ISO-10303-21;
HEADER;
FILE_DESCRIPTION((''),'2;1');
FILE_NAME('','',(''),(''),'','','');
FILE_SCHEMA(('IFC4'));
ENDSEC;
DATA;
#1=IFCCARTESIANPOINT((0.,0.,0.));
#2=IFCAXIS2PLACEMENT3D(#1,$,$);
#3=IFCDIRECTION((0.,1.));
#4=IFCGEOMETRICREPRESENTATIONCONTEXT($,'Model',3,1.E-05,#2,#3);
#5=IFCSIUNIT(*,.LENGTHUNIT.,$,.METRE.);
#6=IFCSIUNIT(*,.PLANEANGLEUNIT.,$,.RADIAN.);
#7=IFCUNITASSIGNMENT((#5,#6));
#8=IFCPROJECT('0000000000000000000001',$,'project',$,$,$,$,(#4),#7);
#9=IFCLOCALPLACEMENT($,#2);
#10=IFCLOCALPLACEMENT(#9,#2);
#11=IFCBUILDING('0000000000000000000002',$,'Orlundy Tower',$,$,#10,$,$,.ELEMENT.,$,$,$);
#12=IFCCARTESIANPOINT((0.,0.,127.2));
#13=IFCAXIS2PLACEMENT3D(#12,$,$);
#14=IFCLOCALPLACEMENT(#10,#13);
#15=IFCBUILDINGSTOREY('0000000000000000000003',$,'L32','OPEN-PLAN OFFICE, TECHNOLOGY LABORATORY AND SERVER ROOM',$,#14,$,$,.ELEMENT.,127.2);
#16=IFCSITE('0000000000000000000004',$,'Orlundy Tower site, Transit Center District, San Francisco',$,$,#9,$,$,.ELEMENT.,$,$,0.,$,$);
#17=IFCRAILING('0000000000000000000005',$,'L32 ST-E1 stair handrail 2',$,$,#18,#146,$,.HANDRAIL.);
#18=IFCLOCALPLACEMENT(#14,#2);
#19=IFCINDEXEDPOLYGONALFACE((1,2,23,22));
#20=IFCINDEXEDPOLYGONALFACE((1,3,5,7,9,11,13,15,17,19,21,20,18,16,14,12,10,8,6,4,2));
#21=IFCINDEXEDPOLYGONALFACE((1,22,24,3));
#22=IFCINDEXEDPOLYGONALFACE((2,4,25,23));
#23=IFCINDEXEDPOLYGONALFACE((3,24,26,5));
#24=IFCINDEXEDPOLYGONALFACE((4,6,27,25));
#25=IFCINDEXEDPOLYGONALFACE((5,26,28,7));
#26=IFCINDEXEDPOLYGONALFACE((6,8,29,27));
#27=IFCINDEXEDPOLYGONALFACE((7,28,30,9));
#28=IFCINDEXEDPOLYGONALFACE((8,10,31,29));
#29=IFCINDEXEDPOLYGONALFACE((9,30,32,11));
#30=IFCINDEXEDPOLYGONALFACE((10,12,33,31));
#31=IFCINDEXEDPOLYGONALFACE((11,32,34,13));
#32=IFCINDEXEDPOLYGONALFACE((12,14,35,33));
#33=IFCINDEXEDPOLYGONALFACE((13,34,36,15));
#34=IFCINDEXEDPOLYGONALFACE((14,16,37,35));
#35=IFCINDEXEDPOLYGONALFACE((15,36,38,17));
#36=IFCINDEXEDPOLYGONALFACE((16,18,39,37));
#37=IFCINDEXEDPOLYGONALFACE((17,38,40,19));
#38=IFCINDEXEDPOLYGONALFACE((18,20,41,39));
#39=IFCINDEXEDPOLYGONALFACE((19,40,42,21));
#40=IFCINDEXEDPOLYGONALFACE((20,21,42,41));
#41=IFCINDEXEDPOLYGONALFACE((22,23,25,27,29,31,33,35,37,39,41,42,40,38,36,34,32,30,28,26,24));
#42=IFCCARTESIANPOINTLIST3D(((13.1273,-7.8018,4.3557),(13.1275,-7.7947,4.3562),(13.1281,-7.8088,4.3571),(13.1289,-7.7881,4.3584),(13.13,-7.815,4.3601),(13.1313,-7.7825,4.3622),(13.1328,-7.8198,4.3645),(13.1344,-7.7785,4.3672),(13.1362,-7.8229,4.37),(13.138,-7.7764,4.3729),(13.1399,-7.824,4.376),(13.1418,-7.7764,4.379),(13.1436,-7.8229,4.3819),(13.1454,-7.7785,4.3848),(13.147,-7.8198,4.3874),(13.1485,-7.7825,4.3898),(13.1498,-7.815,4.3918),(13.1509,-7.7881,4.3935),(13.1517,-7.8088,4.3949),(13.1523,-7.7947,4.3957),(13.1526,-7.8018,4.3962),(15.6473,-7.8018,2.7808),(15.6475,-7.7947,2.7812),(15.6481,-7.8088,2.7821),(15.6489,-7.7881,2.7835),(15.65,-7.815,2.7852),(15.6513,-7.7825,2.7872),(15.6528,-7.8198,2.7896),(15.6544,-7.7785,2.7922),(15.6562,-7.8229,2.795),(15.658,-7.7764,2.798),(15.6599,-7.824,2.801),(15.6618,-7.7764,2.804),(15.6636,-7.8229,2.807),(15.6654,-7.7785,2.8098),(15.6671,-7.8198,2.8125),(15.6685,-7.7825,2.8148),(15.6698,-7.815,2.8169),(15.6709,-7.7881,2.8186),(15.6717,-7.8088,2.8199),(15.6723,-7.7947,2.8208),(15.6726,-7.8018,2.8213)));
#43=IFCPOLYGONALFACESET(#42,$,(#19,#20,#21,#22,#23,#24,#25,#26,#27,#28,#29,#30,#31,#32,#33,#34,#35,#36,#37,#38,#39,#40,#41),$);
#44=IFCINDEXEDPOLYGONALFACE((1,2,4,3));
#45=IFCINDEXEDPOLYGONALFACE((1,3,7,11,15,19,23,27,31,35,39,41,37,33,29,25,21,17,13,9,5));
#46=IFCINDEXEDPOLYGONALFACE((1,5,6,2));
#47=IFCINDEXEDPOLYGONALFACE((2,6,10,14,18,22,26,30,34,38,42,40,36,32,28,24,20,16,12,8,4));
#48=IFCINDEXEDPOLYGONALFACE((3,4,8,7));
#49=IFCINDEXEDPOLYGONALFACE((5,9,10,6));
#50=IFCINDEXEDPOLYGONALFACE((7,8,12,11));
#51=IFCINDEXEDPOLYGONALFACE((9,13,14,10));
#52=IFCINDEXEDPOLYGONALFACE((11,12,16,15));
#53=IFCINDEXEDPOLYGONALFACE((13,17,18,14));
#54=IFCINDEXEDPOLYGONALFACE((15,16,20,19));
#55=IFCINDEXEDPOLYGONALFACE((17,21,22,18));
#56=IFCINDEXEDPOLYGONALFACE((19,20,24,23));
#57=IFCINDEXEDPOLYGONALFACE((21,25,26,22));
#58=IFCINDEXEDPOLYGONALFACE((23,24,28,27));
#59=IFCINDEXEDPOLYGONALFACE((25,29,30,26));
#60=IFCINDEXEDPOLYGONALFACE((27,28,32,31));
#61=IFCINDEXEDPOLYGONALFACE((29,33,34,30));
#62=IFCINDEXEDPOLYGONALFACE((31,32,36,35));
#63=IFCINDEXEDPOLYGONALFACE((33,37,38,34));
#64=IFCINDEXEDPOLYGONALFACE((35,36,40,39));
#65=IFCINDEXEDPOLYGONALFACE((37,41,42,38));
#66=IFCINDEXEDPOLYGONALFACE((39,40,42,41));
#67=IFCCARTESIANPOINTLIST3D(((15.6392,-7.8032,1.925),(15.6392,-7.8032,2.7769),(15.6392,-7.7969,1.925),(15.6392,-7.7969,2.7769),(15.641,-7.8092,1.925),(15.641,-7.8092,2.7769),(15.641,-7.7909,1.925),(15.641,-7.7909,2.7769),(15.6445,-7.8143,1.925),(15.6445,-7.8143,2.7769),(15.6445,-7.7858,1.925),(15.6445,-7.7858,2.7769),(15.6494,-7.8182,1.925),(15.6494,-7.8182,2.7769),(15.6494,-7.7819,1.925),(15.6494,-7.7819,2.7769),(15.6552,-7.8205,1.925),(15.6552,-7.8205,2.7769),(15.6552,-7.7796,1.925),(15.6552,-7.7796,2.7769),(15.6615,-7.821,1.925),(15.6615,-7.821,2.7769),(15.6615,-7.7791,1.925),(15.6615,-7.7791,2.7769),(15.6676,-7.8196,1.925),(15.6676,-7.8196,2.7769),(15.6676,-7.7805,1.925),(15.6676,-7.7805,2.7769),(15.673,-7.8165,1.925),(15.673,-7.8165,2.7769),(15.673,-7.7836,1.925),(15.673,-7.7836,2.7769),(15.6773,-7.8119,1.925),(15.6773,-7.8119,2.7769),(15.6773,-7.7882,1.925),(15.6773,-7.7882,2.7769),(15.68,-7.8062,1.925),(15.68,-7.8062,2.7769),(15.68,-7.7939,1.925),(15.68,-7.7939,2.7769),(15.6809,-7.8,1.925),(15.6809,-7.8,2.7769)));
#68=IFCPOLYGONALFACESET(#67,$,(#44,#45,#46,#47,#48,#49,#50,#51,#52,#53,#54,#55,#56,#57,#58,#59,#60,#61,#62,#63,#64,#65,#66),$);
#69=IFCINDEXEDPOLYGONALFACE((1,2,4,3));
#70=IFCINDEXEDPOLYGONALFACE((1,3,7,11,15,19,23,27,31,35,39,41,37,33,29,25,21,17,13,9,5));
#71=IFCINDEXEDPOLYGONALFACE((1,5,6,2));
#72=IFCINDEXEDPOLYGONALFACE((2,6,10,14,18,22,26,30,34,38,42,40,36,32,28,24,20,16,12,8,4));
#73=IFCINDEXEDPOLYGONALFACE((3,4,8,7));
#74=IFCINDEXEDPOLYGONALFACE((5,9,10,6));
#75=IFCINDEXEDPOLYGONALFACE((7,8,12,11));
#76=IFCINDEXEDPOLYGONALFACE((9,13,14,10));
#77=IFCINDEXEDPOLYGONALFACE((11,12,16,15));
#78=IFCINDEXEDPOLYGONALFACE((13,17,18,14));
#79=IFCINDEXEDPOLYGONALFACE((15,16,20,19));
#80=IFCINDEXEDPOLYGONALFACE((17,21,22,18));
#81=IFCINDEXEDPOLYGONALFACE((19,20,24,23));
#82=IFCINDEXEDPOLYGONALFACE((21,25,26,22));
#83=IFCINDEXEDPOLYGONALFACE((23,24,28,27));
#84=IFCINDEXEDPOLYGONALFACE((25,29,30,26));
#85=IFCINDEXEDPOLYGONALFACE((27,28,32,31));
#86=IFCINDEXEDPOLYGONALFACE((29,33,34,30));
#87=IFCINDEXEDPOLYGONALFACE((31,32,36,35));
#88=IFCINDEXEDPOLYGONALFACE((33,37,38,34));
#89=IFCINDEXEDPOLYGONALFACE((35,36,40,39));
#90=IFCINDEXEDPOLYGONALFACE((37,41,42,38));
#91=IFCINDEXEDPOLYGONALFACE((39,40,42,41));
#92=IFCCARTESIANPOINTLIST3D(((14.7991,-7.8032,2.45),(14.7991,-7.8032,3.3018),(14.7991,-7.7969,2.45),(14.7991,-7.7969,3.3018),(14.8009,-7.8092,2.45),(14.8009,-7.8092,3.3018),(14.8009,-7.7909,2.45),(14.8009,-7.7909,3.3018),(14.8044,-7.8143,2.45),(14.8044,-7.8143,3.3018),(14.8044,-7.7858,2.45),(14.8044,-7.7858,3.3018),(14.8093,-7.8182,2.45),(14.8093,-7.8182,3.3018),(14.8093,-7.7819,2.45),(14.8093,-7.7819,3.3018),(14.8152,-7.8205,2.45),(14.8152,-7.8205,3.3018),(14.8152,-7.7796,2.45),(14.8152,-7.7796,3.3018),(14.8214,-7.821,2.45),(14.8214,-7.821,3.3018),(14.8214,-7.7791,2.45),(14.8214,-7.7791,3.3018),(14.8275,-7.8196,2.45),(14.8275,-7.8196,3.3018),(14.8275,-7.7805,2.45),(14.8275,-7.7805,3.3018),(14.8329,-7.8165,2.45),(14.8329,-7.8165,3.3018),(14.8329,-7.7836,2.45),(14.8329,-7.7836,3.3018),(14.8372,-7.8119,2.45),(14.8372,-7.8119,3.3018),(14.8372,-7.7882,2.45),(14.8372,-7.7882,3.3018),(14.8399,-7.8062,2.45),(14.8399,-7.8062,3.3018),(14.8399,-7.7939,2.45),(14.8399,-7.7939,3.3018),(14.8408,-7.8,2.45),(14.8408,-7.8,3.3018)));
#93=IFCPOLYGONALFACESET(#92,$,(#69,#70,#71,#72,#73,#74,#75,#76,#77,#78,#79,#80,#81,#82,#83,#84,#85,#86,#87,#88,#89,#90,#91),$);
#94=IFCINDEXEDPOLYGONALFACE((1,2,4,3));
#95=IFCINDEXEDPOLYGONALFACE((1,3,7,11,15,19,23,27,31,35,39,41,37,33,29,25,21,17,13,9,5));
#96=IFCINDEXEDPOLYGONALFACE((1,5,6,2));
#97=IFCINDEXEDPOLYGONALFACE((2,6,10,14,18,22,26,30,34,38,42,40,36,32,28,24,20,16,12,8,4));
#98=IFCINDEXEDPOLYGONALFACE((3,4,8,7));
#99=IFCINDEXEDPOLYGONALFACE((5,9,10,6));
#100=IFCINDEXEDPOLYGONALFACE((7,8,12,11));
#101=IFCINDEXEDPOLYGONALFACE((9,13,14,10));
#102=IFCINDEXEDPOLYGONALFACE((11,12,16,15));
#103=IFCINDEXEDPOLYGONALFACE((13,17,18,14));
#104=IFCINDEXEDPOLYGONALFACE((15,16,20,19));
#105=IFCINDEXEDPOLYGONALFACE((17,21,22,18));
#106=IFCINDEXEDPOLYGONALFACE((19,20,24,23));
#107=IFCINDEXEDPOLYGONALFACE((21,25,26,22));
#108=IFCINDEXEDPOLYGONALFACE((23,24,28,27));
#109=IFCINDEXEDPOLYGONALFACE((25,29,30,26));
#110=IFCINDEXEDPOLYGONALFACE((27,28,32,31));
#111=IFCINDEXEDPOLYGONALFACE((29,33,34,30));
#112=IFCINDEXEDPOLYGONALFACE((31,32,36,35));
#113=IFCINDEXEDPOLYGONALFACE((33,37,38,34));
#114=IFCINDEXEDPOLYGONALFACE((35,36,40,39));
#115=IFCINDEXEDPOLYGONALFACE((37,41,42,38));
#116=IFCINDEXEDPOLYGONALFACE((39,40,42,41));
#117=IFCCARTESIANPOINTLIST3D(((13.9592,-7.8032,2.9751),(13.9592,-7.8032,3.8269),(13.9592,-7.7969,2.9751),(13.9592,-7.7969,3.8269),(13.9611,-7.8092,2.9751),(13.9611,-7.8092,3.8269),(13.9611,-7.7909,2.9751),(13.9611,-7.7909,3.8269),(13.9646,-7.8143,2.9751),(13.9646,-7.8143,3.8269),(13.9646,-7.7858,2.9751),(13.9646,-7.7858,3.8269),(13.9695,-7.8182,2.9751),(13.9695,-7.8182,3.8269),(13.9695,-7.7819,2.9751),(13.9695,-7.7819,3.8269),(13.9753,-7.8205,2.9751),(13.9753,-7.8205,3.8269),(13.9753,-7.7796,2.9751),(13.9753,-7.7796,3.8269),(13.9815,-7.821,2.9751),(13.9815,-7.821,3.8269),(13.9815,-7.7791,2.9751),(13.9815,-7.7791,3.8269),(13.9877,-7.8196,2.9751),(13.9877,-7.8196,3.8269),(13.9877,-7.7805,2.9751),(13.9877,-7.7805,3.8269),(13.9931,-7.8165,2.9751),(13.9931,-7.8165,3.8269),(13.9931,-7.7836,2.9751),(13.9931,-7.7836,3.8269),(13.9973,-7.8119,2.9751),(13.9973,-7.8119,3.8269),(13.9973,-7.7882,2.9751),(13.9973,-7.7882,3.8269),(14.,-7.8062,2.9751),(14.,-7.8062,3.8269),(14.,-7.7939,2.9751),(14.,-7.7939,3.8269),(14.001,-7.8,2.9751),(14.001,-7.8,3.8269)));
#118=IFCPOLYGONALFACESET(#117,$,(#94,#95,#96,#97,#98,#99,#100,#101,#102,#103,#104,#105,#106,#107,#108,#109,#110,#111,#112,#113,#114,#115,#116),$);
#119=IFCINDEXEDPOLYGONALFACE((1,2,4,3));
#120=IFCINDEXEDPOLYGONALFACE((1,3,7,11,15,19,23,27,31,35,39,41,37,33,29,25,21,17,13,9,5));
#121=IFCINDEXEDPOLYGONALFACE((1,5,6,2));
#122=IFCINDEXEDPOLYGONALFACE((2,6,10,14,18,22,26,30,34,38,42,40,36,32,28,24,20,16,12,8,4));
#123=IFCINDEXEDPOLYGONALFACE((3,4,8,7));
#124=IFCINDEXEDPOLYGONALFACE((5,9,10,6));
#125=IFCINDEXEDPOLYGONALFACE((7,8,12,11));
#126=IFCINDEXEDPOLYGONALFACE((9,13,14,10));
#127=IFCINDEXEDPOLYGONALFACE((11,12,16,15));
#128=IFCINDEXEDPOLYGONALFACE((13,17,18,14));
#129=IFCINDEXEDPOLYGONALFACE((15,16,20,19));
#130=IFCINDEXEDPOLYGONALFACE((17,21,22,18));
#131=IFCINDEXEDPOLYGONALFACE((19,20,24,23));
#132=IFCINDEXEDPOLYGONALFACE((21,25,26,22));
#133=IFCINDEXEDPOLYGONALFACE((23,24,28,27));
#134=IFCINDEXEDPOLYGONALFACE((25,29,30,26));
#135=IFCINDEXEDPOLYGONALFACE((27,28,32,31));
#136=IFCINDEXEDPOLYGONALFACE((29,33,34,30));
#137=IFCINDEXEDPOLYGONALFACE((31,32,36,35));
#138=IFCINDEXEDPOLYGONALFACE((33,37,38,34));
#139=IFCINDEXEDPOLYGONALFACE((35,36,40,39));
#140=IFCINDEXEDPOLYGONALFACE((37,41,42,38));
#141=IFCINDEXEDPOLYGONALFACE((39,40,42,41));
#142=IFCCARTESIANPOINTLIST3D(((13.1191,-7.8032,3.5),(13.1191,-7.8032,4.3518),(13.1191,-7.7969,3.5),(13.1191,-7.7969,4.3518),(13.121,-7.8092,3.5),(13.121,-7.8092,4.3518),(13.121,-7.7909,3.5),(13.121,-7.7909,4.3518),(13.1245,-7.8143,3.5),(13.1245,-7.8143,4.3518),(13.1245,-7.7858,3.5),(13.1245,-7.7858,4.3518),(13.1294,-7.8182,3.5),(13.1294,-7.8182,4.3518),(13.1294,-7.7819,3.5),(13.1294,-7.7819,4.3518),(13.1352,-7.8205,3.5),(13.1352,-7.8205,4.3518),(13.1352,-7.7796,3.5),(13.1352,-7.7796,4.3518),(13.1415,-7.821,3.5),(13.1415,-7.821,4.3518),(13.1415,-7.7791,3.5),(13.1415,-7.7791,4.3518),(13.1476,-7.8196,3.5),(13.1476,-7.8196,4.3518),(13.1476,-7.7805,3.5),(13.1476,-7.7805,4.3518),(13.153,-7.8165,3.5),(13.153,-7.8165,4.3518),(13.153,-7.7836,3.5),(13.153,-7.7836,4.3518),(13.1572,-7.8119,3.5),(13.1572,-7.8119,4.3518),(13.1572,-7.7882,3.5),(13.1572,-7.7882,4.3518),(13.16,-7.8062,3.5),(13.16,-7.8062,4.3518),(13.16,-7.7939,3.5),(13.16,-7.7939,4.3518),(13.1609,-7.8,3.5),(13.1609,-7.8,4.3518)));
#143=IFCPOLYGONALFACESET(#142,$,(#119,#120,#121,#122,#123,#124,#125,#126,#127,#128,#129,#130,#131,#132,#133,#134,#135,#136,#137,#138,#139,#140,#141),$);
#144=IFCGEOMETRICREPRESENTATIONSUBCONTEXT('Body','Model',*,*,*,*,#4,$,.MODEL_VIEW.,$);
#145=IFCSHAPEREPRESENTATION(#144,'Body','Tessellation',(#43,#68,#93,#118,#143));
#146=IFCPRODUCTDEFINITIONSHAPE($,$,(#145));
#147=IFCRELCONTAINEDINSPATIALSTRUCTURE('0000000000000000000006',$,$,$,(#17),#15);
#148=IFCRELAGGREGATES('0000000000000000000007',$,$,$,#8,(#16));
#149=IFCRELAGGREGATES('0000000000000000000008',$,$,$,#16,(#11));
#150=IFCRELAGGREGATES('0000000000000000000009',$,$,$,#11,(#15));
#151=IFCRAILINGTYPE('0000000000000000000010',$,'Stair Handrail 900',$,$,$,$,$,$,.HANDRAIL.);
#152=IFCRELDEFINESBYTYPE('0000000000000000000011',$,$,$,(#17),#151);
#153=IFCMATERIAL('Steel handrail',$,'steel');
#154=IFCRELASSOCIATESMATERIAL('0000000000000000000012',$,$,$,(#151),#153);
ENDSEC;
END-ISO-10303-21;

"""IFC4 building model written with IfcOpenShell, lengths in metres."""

from ifc_helpers import new_model, si_unit, direction, frame, origin, origin_2d, place, context, subcontext, project, spatial, circle, extrude, material, type_object, element, save


model = new_model("IFC4")

# Units and contexts
model_context = context("Model", 3, precision=1e-05, world=origin(), true_north=direction((0.0, 1.0)))
body_context = subcontext(model_context, "Body", "Model", "MODEL_VIEW")
ifc_project = project(units=[si_unit("LENGTHUNIT", "METRE"), si_unit("PLANEANGLEUNIT", "RADIAN")], contexts=[model_context])

# Site, building, storey
site_placement = place(None, origin())
site = spatial("IfcSite", under=ifc_project, at=site_placement, Name="Orlundy Tower site, Transit Center District, San Francisco", CompositionType="ELEMENT", RefElevation=0.0)
building_placement = place(site_placement, origin())
building = spatial("IfcBuilding", under=site, at=building_placement, Name="Orlundy Tower", CompositionType="ELEMENT")
storey_placement = place(building_placement, frame((0.0, 0.0, 127.2)))
storey = spatial("IfcBuildingStorey", under=building, at=storey_placement, Name="L32", Description="OPEN-PLAN OFFICE, TECHNOLOGY LABORATORY AND SERVER ROOM", CompositionType="ELEMENT", Elevation=127.2)

# Railing
ifc_material_1 = material(Name="Steel handrail", Category="steel")
railing_type_1 = type_object("IfcRailingType", Name="Stair Handrail 900", PredefinedType="HANDRAIL", material=ifc_material_1)
railing_1_placement = place(storey_placement, frame((15.6599, -7.8, 1.925)))
element("IfcRailing", 1, at=railing_1_placement, inside=storey, type_object=railing_type_1, Name="L32 ST-E1 stair handrail 2", PredefinedType="HANDRAIL", context=body_context, shape_type="SweptSolid", body=[
    extrude(circle(Radius=0.0239, at=origin_2d()), frame((0.0, 0.0, 0.876), z_axis=(-0.848008, 0.0, 0.529984), x_axis=(0.0, -1.0, 0.0)), (0.0, 0.0, 1.0), 2.9717),
    extrude(circle(Radius=0.021, at=origin_2d()), origin(), (0.0, 0.0, 1.0), 0.8518),
    extrude(circle(Radius=0.021, at=origin_2d()), frame((-0.8401, 0.0, 0.5249)), (0.0, 0.0, 1.0), 0.8518),
    extrude(circle(Radius=0.021, at=origin_2d()), frame((-1.6799, 0.0, 1.05)), (0.0, 0.0, 1.0), 0.8518),
    extrude(circle(Radius=0.021, at=origin_2d()), frame((-2.52, 0.0, 1.575)), (0.0, 0.0, 1.0), 0.8518),
])

save(model, "model.ifc")
